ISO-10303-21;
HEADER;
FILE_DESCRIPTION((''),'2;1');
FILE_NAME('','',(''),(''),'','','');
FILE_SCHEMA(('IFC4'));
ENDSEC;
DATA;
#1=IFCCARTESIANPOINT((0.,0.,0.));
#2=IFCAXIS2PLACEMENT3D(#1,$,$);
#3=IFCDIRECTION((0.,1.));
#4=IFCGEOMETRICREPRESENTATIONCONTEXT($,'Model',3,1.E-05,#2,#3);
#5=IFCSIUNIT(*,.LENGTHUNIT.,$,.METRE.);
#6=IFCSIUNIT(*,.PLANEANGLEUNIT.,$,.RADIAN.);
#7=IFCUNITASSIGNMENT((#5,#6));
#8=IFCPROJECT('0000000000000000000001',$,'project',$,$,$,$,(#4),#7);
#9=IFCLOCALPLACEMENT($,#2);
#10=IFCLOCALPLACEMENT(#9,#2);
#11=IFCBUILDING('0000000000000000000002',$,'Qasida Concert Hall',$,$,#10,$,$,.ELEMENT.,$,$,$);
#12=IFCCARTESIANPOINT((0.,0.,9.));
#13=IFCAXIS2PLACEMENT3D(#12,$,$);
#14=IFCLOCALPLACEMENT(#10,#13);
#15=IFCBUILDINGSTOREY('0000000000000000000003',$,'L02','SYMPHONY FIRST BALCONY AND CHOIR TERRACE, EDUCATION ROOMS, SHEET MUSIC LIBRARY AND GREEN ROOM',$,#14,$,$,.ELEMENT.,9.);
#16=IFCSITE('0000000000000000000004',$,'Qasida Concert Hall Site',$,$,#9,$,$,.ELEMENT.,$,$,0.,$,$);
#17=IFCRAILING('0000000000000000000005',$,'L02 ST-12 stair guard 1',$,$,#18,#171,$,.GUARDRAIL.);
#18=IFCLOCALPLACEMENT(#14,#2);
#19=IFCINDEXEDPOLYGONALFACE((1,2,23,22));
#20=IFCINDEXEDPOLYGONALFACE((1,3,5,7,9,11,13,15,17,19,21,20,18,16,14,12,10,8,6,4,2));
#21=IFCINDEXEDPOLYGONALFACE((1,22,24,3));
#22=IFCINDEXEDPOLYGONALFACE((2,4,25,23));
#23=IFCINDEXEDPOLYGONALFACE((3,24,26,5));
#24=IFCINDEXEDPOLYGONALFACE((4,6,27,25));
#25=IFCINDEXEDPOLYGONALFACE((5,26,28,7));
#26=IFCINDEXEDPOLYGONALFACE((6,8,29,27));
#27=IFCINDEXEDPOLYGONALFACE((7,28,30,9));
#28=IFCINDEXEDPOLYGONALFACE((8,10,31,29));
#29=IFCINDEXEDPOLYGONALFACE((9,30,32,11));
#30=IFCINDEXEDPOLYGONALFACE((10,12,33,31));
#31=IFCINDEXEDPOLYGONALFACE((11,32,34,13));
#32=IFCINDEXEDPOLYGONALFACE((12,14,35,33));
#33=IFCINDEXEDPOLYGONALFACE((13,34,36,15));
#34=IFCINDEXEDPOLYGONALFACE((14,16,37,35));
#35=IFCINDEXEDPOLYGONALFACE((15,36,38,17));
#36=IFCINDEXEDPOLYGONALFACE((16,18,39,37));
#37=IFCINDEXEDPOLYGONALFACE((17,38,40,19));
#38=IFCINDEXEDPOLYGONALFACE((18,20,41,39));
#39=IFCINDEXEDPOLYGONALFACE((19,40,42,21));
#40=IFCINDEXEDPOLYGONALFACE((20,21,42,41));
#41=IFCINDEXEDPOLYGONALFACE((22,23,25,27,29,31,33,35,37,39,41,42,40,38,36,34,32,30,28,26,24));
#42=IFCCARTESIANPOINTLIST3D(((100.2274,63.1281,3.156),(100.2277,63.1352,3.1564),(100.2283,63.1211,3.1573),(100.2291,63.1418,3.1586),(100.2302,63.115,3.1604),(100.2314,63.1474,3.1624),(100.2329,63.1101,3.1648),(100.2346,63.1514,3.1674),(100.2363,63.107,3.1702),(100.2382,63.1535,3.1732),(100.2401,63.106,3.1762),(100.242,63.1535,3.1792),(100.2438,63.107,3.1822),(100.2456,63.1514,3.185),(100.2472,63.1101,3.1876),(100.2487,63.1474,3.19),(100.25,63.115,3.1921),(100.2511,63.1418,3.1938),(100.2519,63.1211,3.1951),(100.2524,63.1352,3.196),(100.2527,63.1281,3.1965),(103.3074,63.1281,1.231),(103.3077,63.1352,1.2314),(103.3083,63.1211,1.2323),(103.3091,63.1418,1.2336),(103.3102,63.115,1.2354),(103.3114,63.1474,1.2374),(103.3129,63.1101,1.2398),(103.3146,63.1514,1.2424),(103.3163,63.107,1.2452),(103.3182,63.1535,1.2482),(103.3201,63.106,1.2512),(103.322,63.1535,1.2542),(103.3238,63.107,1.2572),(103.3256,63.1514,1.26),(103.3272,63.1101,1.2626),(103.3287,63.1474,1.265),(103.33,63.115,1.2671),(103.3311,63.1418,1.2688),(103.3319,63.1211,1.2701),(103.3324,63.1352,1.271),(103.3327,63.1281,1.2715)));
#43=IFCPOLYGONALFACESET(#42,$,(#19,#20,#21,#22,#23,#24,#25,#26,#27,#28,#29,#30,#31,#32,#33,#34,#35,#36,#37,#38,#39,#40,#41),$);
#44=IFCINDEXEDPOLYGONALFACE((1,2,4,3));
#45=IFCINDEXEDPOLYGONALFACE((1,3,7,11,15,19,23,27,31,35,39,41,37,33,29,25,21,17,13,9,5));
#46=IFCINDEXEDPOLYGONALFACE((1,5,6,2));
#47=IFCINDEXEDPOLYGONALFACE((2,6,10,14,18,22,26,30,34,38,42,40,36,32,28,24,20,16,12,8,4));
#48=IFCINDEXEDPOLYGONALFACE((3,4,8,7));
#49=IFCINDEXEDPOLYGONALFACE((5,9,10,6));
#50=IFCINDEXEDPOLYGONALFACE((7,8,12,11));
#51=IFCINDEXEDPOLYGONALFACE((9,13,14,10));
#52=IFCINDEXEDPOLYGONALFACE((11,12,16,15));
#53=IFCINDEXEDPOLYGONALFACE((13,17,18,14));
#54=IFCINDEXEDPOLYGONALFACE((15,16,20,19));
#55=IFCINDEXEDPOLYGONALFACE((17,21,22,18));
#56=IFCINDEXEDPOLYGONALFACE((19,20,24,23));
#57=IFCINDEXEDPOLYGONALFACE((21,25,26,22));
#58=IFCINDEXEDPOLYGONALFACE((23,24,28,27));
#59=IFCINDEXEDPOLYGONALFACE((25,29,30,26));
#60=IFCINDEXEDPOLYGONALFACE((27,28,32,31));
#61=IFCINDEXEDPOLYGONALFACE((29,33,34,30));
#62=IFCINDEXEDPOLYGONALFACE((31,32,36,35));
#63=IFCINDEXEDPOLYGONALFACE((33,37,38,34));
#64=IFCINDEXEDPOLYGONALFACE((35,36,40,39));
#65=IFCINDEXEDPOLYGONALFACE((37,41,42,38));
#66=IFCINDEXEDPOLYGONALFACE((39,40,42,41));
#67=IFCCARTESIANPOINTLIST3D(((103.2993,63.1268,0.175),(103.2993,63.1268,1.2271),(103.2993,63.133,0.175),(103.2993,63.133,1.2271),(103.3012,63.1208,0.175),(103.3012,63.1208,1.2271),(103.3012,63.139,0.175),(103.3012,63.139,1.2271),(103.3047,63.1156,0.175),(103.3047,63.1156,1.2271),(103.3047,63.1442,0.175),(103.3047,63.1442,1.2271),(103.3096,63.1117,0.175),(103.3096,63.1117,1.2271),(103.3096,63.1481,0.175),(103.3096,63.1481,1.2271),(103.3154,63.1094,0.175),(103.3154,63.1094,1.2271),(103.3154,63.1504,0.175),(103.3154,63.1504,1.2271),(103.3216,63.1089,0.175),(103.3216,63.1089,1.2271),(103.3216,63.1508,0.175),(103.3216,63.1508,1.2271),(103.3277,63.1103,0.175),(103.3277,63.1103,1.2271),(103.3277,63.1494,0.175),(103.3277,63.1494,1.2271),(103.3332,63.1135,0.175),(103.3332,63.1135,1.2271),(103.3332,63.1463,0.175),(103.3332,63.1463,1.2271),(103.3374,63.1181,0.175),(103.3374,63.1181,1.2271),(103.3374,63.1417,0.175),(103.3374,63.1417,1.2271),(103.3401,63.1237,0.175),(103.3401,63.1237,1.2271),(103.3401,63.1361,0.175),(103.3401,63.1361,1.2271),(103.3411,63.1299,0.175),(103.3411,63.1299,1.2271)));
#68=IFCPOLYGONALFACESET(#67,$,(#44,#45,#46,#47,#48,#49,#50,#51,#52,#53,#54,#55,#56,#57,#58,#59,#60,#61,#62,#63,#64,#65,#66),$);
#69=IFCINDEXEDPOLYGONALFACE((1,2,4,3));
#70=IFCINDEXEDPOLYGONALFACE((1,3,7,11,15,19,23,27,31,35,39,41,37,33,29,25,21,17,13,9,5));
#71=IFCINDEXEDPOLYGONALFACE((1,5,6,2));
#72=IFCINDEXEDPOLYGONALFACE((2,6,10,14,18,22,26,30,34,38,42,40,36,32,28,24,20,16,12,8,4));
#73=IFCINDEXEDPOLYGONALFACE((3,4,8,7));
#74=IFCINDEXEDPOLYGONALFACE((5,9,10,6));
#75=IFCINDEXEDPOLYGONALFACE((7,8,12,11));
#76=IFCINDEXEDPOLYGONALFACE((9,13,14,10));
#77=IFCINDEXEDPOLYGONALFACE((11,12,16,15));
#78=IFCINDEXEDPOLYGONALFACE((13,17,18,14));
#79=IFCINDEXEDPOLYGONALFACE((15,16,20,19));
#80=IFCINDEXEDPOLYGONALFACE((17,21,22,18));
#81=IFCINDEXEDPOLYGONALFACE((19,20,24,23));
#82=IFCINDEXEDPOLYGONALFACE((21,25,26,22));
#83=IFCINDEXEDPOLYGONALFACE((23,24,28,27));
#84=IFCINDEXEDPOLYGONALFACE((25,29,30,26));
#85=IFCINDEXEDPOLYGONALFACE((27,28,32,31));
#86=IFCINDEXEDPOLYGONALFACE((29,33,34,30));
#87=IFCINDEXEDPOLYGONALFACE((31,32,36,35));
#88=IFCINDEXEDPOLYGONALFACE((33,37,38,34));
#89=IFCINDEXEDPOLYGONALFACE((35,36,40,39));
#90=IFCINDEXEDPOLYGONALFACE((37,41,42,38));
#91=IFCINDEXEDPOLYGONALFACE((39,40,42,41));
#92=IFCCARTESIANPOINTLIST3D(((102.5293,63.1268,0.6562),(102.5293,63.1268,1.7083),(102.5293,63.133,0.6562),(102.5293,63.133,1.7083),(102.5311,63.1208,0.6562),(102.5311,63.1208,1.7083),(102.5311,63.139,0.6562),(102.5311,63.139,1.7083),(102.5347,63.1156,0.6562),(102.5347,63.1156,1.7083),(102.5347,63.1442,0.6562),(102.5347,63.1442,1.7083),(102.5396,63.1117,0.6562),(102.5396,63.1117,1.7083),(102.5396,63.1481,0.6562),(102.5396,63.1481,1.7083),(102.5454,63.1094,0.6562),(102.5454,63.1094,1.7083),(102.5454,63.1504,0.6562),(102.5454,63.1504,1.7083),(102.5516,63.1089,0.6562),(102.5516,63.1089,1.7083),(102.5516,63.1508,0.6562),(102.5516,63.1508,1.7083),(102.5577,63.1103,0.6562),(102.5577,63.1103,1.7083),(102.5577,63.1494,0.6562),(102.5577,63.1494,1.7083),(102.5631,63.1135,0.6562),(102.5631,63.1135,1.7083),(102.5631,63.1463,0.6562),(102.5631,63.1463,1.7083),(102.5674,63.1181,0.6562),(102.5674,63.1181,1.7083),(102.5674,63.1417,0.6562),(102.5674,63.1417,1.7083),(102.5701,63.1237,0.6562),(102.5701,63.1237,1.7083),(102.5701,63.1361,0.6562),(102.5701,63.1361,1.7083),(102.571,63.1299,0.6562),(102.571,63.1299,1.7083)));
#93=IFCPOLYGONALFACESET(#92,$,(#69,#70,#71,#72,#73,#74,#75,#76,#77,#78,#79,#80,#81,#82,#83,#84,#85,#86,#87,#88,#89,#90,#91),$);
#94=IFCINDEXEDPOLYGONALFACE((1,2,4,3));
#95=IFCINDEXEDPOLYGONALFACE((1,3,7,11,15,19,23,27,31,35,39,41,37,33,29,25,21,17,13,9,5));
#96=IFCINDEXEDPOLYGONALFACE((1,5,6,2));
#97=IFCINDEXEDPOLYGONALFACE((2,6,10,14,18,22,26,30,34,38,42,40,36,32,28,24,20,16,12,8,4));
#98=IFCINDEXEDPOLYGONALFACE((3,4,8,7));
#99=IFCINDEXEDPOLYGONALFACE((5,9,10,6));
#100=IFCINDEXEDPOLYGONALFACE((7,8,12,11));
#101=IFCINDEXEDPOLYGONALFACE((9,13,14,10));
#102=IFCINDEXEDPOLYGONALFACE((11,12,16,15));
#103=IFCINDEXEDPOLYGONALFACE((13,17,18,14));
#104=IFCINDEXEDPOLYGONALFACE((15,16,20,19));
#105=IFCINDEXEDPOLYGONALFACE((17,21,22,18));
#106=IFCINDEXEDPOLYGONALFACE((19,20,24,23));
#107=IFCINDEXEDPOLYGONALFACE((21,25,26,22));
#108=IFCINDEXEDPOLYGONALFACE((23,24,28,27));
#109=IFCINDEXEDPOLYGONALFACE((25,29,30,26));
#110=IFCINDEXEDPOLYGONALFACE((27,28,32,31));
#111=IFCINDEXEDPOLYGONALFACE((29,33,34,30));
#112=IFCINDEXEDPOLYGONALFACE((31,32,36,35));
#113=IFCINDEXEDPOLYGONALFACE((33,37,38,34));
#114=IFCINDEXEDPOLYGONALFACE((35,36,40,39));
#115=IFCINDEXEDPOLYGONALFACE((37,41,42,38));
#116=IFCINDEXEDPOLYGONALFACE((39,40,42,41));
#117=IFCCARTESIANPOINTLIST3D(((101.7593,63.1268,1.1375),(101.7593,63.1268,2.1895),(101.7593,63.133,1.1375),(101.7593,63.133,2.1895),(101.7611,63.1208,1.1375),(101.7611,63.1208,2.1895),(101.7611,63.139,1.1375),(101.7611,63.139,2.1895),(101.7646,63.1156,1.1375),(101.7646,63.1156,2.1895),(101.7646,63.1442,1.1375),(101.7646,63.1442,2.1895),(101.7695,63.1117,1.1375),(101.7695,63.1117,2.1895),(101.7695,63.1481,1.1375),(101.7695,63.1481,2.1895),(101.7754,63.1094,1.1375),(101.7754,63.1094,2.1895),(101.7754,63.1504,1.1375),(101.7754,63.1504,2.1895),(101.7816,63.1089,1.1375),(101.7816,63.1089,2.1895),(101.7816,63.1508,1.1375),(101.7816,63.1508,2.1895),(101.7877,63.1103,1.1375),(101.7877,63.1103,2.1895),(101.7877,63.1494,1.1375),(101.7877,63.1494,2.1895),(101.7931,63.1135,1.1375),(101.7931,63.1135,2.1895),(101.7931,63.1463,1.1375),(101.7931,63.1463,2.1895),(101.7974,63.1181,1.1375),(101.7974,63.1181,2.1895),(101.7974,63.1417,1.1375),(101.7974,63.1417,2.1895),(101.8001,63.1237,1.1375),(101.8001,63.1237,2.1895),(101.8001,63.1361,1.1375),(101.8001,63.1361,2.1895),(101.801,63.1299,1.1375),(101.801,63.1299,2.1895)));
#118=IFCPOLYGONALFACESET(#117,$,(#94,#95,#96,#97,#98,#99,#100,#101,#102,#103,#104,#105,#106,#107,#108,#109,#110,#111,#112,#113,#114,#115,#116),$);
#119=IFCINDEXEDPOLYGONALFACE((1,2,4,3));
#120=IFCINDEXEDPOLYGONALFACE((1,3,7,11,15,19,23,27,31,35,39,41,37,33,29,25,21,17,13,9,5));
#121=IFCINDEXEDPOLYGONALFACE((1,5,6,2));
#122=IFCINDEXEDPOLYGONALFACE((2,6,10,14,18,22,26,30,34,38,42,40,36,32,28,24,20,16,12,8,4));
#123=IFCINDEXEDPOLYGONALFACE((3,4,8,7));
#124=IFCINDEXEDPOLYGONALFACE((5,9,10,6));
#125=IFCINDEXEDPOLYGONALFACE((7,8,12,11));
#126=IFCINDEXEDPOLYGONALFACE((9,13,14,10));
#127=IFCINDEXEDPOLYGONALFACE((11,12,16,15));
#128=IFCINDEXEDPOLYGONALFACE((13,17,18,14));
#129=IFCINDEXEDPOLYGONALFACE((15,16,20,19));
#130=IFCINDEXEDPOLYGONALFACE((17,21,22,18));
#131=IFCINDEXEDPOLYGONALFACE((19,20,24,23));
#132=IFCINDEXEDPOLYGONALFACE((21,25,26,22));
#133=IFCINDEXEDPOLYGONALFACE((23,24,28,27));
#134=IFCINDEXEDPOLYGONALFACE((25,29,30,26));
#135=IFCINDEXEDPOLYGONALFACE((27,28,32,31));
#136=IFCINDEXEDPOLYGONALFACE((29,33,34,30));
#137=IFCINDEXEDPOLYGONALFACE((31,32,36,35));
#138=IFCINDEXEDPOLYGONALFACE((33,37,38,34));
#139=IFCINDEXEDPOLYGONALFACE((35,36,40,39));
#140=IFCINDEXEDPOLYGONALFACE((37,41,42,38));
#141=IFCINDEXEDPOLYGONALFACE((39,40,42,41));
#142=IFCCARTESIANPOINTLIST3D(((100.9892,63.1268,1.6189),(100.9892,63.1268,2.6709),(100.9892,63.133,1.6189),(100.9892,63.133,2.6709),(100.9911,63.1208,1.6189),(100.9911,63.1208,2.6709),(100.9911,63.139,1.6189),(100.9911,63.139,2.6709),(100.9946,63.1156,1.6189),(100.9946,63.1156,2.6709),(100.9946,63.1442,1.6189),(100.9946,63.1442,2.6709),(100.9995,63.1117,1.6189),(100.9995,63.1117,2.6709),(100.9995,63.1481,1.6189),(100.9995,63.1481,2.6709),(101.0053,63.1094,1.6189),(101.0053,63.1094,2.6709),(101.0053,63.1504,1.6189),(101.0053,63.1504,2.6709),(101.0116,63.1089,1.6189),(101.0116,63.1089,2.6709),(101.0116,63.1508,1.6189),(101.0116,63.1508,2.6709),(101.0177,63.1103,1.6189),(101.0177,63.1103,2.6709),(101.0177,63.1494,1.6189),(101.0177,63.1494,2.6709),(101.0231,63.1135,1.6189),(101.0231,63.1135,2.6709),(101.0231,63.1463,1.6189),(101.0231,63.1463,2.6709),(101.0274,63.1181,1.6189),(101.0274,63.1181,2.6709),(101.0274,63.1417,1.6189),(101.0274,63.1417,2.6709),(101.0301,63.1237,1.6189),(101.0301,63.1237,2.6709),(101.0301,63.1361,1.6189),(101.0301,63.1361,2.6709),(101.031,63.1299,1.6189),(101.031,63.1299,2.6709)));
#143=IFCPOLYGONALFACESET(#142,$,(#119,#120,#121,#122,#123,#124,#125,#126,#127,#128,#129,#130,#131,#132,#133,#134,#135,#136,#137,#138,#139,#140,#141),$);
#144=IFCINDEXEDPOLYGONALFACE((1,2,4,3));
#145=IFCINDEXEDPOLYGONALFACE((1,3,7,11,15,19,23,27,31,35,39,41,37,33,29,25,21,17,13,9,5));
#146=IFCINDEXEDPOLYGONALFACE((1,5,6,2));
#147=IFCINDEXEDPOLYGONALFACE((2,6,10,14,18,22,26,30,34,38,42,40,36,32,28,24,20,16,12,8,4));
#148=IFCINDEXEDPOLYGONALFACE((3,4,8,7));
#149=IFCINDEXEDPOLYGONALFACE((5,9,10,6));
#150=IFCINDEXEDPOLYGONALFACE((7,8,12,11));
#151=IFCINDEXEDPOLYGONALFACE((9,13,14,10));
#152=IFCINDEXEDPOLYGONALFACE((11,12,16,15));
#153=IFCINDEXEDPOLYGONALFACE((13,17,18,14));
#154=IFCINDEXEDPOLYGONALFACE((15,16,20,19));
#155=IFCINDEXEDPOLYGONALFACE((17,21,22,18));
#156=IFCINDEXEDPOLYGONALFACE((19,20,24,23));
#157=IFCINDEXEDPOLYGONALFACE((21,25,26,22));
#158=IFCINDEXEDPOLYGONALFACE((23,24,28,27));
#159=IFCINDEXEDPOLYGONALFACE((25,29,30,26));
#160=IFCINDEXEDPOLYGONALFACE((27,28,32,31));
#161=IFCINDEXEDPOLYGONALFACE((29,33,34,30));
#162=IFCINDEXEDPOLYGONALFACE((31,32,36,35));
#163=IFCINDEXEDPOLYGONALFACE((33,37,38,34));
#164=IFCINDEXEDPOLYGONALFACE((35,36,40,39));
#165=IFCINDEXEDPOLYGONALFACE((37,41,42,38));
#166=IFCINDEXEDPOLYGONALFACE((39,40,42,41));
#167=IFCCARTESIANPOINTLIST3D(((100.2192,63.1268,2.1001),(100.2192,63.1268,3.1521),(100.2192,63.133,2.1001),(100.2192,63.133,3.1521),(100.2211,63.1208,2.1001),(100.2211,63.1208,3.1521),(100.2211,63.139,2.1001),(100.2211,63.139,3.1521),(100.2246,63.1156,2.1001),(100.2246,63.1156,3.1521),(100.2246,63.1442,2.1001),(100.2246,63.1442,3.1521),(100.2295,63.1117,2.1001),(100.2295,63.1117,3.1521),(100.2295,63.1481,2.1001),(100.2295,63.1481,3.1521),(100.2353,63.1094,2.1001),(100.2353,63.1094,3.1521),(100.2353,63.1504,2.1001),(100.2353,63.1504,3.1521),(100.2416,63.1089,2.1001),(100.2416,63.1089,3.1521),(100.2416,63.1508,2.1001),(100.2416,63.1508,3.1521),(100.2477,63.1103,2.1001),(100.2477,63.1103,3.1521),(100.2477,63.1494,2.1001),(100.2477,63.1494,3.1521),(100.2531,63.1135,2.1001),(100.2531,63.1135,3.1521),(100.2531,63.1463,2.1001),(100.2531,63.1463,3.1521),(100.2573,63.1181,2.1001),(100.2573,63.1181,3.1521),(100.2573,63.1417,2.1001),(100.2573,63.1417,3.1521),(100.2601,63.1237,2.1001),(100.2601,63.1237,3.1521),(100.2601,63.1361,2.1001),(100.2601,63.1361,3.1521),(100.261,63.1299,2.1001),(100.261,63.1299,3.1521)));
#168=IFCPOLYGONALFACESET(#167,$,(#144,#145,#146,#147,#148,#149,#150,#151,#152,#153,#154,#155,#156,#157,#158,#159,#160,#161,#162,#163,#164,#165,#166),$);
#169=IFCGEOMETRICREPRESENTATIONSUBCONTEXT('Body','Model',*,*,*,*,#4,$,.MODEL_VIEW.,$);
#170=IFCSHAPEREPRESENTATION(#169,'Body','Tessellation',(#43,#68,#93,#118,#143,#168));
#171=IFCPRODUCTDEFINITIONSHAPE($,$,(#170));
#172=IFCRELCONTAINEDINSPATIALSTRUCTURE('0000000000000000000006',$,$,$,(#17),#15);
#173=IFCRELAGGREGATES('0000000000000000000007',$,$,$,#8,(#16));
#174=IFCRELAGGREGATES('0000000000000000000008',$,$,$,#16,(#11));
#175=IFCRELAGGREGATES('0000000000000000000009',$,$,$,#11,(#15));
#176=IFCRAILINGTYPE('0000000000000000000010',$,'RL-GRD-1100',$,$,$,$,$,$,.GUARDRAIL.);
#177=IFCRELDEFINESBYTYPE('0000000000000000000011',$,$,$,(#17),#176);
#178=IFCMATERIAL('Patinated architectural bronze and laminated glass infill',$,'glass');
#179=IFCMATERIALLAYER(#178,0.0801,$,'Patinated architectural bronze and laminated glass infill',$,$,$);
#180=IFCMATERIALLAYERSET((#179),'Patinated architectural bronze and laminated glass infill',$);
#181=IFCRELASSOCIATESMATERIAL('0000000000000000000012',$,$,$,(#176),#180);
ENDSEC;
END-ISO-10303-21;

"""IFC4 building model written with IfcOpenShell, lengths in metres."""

from ifc_helpers import new_model, si_unit, direction, frame, origin, origin_2d, place, context, subcontext, project, spatial, circle, extrude, material, layer, layer_set, type_object, element, save


model = new_model("IFC4")

# Units and contexts
model_context = context("Model", 3, precision=1e-05, world=origin(), true_north=direction((0.0, 1.0)))
body_context = subcontext(model_context, "Body", "Model", "MODEL_VIEW")
ifc_project = project(units=[si_unit("LENGTHUNIT", "METRE"), si_unit("PLANEANGLEUNIT", "RADIAN")], contexts=[model_context])

# Site, building, storey
site_placement = place(None, origin())
site = spatial("IfcSite", under=ifc_project, at=site_placement, Name="Qasida Concert Hall Site", CompositionType="ELEMENT", RefElevation=0.0)
building_placement = place(site_placement, origin())
building = spatial("IfcBuilding", under=site, at=building_placement, Name="Qasida Concert Hall", CompositionType="ELEMENT")
storey_placement = place(building_placement, frame((0.0, 0.0, 9.0)))
storey = spatial("IfcBuildingStorey", under=building, at=storey_placement, Name="L02", Description="SYMPHONY FIRST BALCONY AND CHOIR TERRACE, EDUCATION ROOMS, SHEET MUSIC LIBRARY AND GREEN ROOM", CompositionType="ELEMENT", Elevation=9.0)

# Railing
ifc_material_1 = material(Name="Patinated architectural bronze and laminated glass infill", Category="glass")
ifc_layer_1 = layer(ifc_material_1, 0.0801, Name="Patinated architectural bronze and laminated glass infill")
ifc_layer_set_1 = layer_set([ifc_layer_1], Name="Patinated architectural bronze and laminated glass infill")
railing_type_1 = type_object("IfcRailingType", Name="RL-GRD-1100", PredefinedType="GUARDRAIL", material=ifc_layer_set_1)
railing_1_placement = place(storey_placement, frame((103.3201, 63.1299, 0.175)))
element("IfcRailing", 1, at=railing_1_placement, inside=storey, type_object=railing_type_1, Name="L02 ST-12 stair guard 1", PredefinedType="GUARDRAIL", context=body_context, shape_type="SweptSolid", body=[
    extrude(circle(Radius=0.0239, at=origin_2d()), frame((0.0, 0.0, 1.0762), z_axis=(-0.847998, 0.0, 0.529999), x_axis=(0.0, -1.0, 0.0)), (0.0, 0.0, 1.0), 3.6321),
    extrude(circle(Radius=0.021, at=origin_2d()), origin(), (0.0, 0.0, 1.0), 1.052),
    extrude(circle(Radius=0.021, at=origin_2d()), frame((-0.77, 0.0, 0.4812)), (0.0, 0.0, 1.0), 1.052),
    extrude(circle(Radius=0.021, at=origin_2d()), frame((-1.54, 0.0, 0.9624)), (0.0, 0.0, 1.0), 1.052),
    extrude(circle(Radius=0.021, at=origin_2d()), frame((-2.3101, 0.0, 1.4438)), (0.0, 0.0, 1.0), 1.052),
    extrude(circle(Radius=0.021, at=origin_2d()), frame((-3.0801, 0.0, 1.925)), (0.0, 0.0, 1.0), 1.052),
])

save(model, "model.ifc")
